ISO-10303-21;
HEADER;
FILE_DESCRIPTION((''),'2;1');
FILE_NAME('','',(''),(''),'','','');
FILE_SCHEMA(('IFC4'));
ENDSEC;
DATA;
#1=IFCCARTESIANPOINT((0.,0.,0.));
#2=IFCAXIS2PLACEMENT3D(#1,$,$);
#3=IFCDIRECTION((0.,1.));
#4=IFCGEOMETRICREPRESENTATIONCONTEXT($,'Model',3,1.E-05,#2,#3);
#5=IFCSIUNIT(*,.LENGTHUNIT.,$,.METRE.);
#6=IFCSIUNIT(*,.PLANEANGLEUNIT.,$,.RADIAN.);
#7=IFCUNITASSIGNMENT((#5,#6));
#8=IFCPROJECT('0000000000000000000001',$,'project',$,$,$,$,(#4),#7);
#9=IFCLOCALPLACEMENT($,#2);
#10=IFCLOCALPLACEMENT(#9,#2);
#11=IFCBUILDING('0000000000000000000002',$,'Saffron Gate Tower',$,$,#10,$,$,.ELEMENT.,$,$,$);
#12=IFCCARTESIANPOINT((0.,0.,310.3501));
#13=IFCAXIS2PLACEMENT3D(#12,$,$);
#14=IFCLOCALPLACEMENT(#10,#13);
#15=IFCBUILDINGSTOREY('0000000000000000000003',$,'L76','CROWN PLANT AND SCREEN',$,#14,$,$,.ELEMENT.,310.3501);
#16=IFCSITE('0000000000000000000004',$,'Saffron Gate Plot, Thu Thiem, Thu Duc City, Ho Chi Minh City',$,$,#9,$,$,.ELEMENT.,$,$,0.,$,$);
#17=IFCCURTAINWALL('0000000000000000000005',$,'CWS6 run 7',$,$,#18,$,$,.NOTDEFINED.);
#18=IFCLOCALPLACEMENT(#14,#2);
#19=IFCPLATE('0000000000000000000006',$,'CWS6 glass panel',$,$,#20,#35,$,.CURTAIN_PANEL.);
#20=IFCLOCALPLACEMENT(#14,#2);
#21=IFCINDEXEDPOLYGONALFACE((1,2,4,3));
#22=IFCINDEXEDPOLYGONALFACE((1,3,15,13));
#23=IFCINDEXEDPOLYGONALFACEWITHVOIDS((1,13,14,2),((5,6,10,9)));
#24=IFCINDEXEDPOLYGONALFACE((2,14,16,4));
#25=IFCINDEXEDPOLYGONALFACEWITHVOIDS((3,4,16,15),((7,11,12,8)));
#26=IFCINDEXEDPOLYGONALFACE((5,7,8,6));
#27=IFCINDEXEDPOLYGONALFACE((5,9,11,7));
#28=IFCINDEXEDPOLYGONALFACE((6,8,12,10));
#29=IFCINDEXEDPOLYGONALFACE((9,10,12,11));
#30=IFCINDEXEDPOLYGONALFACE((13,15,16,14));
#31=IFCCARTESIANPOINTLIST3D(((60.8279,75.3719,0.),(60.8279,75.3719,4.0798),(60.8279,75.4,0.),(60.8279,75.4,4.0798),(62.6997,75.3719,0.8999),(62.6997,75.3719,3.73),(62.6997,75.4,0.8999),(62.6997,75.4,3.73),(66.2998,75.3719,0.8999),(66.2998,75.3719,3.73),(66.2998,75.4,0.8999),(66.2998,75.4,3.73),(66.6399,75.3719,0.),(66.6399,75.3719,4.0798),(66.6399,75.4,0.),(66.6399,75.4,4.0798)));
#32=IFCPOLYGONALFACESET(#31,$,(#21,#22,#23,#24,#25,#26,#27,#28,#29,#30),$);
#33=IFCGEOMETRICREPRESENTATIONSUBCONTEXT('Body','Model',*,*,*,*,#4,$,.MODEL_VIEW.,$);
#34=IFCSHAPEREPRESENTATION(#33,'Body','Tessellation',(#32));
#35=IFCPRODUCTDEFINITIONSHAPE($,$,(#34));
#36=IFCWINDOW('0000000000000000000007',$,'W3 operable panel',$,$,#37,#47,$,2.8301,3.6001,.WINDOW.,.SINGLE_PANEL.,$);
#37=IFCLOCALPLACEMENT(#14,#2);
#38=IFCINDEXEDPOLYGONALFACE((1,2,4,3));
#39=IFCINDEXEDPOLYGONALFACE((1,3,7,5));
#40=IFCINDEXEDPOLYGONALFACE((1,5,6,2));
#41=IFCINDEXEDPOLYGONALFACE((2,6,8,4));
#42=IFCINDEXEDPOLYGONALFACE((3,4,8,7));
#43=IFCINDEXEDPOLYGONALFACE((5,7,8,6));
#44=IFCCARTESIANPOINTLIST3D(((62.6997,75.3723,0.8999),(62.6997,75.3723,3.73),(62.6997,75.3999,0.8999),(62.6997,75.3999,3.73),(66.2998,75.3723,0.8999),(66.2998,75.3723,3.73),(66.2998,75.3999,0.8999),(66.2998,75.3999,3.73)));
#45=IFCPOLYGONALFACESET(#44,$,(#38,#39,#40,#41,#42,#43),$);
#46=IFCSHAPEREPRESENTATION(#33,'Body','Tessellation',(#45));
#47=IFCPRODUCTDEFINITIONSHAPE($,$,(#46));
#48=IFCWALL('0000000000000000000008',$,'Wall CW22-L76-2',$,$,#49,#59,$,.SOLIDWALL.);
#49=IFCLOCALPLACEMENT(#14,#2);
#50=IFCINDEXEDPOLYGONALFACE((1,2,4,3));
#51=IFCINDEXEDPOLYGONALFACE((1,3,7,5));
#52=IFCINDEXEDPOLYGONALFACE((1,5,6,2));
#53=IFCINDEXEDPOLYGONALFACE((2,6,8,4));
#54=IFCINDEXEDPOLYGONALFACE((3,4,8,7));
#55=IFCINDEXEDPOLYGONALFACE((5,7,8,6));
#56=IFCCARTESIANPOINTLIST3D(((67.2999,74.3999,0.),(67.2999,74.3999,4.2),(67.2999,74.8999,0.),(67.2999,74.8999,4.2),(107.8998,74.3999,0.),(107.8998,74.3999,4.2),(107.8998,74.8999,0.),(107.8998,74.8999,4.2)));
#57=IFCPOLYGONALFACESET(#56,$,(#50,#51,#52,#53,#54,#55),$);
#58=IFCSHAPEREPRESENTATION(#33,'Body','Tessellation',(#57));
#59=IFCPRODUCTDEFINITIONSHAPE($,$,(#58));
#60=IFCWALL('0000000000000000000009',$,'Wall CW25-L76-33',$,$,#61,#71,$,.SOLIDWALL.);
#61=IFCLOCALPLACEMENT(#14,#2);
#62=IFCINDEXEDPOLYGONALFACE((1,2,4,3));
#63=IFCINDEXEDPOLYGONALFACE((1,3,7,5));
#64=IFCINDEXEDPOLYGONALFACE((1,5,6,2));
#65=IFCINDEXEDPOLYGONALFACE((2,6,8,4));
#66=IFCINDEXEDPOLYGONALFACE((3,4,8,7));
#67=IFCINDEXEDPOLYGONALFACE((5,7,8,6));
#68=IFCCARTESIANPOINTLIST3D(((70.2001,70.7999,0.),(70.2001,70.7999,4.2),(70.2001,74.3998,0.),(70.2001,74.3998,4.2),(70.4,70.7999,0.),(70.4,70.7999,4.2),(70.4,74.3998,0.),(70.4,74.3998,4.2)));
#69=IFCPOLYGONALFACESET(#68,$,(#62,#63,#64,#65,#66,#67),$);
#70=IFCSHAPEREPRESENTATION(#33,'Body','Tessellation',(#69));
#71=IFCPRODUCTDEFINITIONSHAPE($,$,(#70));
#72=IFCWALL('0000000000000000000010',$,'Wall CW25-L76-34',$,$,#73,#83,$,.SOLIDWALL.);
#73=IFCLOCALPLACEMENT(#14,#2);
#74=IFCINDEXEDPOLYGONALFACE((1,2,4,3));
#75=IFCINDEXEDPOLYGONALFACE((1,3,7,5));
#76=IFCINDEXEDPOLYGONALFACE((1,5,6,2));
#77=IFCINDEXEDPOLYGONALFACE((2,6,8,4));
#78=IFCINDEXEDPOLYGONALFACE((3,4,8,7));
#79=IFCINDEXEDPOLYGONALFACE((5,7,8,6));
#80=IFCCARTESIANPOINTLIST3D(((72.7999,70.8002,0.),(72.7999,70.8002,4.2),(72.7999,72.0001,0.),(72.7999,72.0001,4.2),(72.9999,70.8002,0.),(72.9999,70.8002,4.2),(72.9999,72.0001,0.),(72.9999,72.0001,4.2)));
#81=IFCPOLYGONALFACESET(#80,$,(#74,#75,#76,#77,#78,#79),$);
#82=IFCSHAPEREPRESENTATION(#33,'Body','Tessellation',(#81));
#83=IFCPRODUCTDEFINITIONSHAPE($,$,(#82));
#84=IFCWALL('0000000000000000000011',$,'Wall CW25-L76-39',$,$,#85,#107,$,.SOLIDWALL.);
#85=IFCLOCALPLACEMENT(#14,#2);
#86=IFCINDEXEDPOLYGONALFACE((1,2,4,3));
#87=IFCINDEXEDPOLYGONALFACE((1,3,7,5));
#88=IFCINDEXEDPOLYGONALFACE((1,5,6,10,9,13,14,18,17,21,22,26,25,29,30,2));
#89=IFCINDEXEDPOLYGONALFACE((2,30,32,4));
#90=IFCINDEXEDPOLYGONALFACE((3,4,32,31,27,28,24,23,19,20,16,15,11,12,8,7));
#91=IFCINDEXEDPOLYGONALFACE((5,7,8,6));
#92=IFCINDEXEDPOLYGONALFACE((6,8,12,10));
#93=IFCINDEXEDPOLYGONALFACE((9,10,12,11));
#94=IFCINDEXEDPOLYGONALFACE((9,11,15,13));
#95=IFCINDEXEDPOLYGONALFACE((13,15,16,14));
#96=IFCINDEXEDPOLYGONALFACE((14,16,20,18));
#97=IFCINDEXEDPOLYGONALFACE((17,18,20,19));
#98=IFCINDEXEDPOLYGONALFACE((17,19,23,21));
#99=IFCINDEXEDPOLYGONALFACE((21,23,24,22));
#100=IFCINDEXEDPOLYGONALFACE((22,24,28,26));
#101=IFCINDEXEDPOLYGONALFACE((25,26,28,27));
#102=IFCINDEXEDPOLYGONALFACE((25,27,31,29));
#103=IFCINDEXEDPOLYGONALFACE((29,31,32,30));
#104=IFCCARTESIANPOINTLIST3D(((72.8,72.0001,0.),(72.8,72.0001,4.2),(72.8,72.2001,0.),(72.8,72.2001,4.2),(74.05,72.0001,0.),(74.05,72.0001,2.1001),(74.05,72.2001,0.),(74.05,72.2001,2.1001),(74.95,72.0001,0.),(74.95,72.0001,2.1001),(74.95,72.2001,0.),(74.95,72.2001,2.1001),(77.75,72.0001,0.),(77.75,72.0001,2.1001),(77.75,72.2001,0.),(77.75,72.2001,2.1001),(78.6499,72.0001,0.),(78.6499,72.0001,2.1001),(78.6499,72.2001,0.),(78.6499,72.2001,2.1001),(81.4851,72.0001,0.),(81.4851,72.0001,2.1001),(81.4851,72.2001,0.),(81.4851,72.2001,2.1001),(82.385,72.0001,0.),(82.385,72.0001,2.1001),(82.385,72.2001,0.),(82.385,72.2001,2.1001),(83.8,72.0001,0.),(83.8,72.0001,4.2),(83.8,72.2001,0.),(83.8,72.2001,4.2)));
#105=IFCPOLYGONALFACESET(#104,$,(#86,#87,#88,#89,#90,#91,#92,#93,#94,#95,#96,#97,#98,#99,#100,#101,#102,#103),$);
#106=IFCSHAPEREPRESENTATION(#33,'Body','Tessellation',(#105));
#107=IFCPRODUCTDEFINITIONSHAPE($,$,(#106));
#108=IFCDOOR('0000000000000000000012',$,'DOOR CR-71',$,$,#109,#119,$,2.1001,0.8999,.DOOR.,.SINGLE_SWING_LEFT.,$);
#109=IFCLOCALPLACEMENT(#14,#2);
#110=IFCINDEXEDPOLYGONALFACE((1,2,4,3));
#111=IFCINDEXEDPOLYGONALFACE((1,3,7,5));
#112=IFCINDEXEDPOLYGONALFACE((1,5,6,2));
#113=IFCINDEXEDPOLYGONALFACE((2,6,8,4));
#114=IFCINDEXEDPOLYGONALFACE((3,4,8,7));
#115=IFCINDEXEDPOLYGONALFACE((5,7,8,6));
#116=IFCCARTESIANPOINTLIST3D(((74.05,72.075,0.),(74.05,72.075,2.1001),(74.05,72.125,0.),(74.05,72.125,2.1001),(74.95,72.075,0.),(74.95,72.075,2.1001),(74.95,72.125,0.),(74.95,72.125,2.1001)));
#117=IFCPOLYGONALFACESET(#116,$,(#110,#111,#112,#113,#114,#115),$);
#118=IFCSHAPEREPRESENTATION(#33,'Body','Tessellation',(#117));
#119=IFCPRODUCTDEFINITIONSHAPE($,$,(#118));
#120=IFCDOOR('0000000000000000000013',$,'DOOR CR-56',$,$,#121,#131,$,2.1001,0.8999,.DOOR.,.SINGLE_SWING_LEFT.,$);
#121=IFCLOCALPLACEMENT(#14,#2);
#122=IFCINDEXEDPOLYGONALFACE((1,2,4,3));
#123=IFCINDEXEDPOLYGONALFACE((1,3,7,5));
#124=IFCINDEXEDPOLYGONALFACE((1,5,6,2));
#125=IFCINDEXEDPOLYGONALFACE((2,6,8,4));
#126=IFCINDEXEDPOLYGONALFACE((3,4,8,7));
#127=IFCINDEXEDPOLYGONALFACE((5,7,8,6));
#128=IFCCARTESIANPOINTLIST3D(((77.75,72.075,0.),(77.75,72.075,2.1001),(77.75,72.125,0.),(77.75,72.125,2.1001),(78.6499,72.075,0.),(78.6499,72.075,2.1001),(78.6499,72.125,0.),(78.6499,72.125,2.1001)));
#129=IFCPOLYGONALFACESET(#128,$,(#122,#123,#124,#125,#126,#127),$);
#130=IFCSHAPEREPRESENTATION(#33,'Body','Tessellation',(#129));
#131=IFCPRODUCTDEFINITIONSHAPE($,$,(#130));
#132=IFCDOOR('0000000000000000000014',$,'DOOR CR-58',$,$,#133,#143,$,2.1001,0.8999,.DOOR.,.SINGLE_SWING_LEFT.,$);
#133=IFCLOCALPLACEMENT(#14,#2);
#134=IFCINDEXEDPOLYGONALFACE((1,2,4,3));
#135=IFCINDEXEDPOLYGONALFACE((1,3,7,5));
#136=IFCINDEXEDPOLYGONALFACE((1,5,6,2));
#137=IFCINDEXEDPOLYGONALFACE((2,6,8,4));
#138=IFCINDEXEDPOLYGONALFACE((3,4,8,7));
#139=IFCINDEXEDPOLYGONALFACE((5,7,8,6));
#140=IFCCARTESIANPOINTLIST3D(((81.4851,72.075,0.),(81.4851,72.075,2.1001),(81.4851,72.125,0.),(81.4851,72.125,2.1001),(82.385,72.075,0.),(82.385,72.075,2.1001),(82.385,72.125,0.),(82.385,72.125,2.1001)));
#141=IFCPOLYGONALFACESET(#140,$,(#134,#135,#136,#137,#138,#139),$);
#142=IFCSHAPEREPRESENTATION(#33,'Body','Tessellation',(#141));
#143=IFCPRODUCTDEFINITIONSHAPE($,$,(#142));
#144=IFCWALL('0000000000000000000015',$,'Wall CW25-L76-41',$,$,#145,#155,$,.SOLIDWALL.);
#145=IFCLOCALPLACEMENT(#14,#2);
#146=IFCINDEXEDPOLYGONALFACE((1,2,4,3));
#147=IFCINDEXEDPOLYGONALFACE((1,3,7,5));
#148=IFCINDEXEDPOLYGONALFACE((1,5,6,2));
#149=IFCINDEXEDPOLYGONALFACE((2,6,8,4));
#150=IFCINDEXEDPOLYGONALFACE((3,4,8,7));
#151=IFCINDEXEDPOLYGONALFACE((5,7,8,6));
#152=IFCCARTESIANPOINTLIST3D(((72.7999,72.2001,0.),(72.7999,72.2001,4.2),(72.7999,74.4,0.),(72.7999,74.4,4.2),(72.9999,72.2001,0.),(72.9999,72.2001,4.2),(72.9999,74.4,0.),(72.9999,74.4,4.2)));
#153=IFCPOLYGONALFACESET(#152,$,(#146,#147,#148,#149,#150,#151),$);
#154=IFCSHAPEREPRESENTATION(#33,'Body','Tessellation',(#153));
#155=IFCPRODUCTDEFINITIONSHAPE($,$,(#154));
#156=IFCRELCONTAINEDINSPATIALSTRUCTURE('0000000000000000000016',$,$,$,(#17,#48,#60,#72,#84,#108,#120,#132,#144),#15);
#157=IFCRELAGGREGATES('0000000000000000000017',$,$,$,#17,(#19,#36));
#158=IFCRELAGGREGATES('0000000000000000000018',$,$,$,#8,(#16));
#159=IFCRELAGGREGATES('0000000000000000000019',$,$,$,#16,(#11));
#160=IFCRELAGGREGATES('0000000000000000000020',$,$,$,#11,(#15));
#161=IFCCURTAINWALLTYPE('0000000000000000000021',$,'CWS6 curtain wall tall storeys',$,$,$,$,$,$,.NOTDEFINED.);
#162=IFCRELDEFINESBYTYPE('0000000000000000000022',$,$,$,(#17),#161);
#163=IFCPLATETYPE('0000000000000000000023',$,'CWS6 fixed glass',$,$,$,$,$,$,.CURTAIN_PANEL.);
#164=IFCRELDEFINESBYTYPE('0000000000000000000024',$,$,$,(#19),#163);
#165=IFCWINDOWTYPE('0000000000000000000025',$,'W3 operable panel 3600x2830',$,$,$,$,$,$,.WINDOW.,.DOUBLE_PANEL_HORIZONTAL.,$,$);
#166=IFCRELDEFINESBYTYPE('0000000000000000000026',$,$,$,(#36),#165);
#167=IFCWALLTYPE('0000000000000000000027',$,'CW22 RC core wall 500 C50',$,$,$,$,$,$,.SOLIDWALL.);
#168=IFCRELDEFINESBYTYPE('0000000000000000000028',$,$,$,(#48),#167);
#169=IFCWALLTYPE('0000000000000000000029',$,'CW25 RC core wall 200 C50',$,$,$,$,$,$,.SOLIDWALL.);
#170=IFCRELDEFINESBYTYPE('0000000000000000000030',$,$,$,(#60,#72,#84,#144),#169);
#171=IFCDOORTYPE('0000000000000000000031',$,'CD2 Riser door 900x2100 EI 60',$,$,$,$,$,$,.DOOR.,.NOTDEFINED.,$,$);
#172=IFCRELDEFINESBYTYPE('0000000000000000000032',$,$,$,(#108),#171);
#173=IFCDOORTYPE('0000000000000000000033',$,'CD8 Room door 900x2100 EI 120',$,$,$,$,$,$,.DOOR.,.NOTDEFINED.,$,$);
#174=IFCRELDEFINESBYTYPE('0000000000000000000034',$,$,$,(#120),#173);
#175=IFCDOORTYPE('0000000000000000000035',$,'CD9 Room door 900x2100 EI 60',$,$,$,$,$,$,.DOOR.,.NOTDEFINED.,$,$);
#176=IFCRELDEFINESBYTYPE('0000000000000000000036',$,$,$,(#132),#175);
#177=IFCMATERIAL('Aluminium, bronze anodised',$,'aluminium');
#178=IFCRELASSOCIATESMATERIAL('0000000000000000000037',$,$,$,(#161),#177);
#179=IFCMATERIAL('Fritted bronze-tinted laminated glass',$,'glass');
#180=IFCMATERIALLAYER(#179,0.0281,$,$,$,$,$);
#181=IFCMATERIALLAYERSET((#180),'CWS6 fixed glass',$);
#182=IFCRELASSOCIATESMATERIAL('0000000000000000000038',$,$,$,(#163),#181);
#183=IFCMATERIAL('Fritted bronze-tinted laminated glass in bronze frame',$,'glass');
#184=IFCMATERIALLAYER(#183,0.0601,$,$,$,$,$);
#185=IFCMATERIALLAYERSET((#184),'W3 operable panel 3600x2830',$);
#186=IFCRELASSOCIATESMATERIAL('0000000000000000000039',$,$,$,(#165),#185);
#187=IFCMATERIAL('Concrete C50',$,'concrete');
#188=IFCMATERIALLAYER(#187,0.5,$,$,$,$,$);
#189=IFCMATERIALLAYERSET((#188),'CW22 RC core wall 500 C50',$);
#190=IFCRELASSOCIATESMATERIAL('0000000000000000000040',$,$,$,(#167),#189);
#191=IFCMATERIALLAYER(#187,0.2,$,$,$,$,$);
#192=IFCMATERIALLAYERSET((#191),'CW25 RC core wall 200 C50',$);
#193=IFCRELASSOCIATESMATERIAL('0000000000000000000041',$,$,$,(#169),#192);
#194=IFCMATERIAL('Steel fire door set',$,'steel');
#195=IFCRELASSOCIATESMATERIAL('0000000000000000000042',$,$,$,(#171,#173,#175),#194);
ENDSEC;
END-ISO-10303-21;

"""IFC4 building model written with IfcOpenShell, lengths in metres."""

from ifc_helpers import new_model, si_unit, direction, frame, frame_2d, origin, place, context, subcontext, project, spatial, rectangle, extrude, material, layer, layer_set, type_object, element, fill, aggregate, save


model = new_model("IFC4")

# Units and contexts
model_context = context("Model", 3, precision=1e-05, world=origin(), true_north=direction((0.0, 1.0)))
body_context = subcontext(model_context, "Body", "Model", "MODEL_VIEW")
ifc_project = project(units=[si_unit("LENGTHUNIT", "METRE"), si_unit("PLANEANGLEUNIT", "RADIAN")], contexts=[model_context])

# Site, building, storey
site_placement = place(None, origin())
site = spatial("IfcSite", under=ifc_project, at=site_placement, Name="Saffron Gate Plot, Thu Thiem, Thu Duc City, Ho Chi Minh City", CompositionType="ELEMENT", RefElevation=0.0)
building_placement = place(site_placement, origin())
building = spatial("IfcBuilding", under=site, at=building_placement, Name="Saffron Gate Tower", CompositionType="ELEMENT")
storey_placement = place(building_placement, frame((0.0, 0.0, 310.3501)))
storey = spatial("IfcBuildingStorey", under=building, at=storey_placement, Name="L76", Description="CROWN PLANT AND SCREEN", CompositionType="ELEMENT", Elevation=310.3501)

# Curtain wall, plate, opening, window
ifc_material_1 = material(Name="Aluminium, bronze anodised", Category="aluminium")
curtain_wall_type = type_object("IfcCurtainWallType", Name="CWS6 curtain wall tall storeys", PredefinedType="NOTDEFINED", material=ifc_material_1)
curtain_wall_placement = place(storey_placement, origin())
curtain_wall = element("IfcCurtainWall", 1, at=curtain_wall_placement, inside=storey, type_object=curtain_wall_type, Name="CWS6 run 7", PredefinedType="NOTDEFINED")
ifc_material_2 = material(Name="Fritted bronze-tinted laminated glass", Category="glass")
ifc_layer_1 = layer(ifc_material_2, 0.0281)
ifc_layer_set_1 = layer_set([ifc_layer_1], Name="CWS6 fixed glass")
plate_type = type_object("IfcPlateType", Name="CWS6 fixed glass", PredefinedType="CURTAIN_PANEL", material=ifc_layer_set_1)
plate_placement = place(storey_placement, frame((66.6399, 75.386, 0.0), z_axis=(0.0, 0.0, 1.0), x_axis=(-1.0, 0.0, 0.0)))
plate = element("IfcPlate", 2, at=plate_placement, type_object=plate_type, Name="CWS6 glass panel", PredefinedType="CURTAIN_PANEL", context=body_context, shape_type="SweptSolid", body=[
    extrude(rectangle(XDim=5.812, YDim=0.0281, at=frame_2d((2.906, 0.0))), origin(), (0.0, 0.0, 1.0), 4.0798),
])
opening_1_placement = place(plate_placement, frame((0.3401, 0.0, 0.8999)))
opening_1 = element("IfcOpeningElement", 3, at=opening_1_placement, cuts=plate, PredefinedType="OPENING", context=body_context, shape_type="SweptSolid", body=[
    extrude(rectangle(XDim=3.6001, YDim=2.8301, at=frame_2d((1.8, 1.415))), frame((0.0, 0.0239, 0.0), z_axis=(0.0, -1.0, 0.0), x_axis=(1.0, 0.0, 0.0)), (0.0, 0.0, 1.0), 0.0481),
])
ifc_material_3 = material(Name="Fritted bronze-tinted laminated glass in bronze frame", Category="glass")
ifc_layer_2 = layer(ifc_material_3, 0.0601)
ifc_layer_set_2 = layer_set([ifc_layer_2], Name="W3 operable panel 3600x2830")
window_type = type_object("IfcWindowType", Name="W3 operable panel 3600x2830", PartitioningType="DOUBLE_PANEL_HORIZONTAL", PredefinedType="WINDOW", material=ifc_layer_set_2)
window_placement = place(opening_1_placement, origin())
window = element("IfcWindow", 4, at=window_placement, type_object=window_type, Name="W3 operable panel", OverallHeight=2.8301, OverallWidth=3.6001, PartitioningType="SINGLE_PANEL", PredefinedType="WINDOW", context=body_context, shape_type="SweptSolid", body=[
    extrude(rectangle(XDim=3.6001, YDim=2.8301, at=frame_2d((1.8, 1.415))), frame((0.0, 0.0137, 0.0), z_axis=(0.0, -1.0, 0.0), x_axis=(1.0, 0.0, 0.0)), (0.0, 0.0, 1.0), 0.0276),
])
fill(opening_1, window)
aggregate(curtain_wall, [plate, window])

# Walls
ifc_material_4 = material(Name="Concrete C50", Category="concrete")
ifc_layer_3 = layer(ifc_material_4, 0.5)
ifc_layer_set_3 = layer_set([ifc_layer_3], Name="CW22 RC core wall 500 C50")
wall_type_1 = type_object("IfcWallType", Name="CW22 RC core wall 500 C50", PredefinedType="SOLIDWALL", material=ifc_layer_set_3)
wall_1_placement = place(storey_placement, frame((67.3, 74.6499, 0.0), z_axis=(0.0, 0.0, 1.0), x_axis=(1.0, 0.0, 0.0)))
element("IfcWall", 5, at=wall_1_placement, inside=storey, type_object=wall_type_1, Name="Wall CW22-L76-2", PredefinedType="SOLIDWALL", context=body_context, shape_type="SweptSolid", body=[
    extrude(rectangle(XDim=40.5999, YDim=0.5, at=frame_2d((20.2998, 0.0))), origin(), (0.0, 0.0, 1.0), 4.2),
])
ifc_layer_4 = layer(ifc_material_4, 0.2)
ifc_layer_set_4 = layer_set([ifc_layer_4], Name="CW25 RC core wall 200 C50")
wall_type_2 = type_object("IfcWallType", Name="CW25 RC core wall 200 C50", PredefinedType="SOLIDWALL", material=ifc_layer_set_4)
wall_2_placement = place(storey_placement, frame((70.3, 70.8, 0.0), z_axis=(0.0, 0.0, 1.0), x_axis=(0.0, 1.0, 0.0)))
element("IfcWall", 6, at=wall_2_placement, inside=storey, type_object=wall_type_2, Name="Wall CW25-L76-33", PredefinedType="SOLIDWALL", context=body_context, shape_type="SweptSolid", body=[
    extrude(rectangle(XDim=3.5999, YDim=0.2, at=frame_2d((1.7998, 0.0))), origin(), (0.0, 0.0, 1.0), 4.2),
])
wall_3_placement = place(storey_placement, frame((72.8999, 70.8, 0.0), z_axis=(0.0, 0.0, 1.0), x_axis=(0.0, 1.0, 0.0)))
element("IfcWall", 7, at=wall_3_placement, inside=storey, type_object=wall_type_2, Name="Wall CW25-L76-34", PredefinedType="SOLIDWALL", context=body_context, shape_type="SweptSolid", body=[
    extrude(rectangle(XDim=1.2, YDim=0.2, at=frame_2d((0.6001, 0.0))), origin(), (0.0, 0.0, 1.0), 4.2),
])

# Wall, openings, doors
wall_4_placement = place(storey_placement, frame((72.8, 72.1001, 0.0), z_axis=(0.0, 0.0, 1.0), x_axis=(1.0, 0.0, 0.0)))
wall_4 = element("IfcWall", 8, at=wall_4_placement, inside=storey, type_object=wall_type_2, Name="Wall CW25-L76-39", PredefinedType="SOLIDWALL", context=body_context, shape_type="SweptSolid", body=[
    extrude(rectangle(XDim=11.0, YDim=0.2, at=frame_2d((5.5, 0.0))), origin(), (0.0, 0.0, 1.0), 4.2),
])
opening_2_placement = place(wall_4_placement, frame((1.25, 0.0, 0.0)))
opening_2 = element("IfcOpeningElement", 9, at=opening_2_placement, cuts=wall_4, PredefinedType="OPENING", context=body_context, shape_type="SweptSolid", body=[
    extrude(rectangle(XDim=0.8999, YDim=2.1001, at=frame_2d((0.45, 1.05))), frame((0.0, 0.1099, 0.0), z_axis=(0.0, -1.0, 0.0), x_axis=(1.0, 0.0, 0.0)), (0.0, 0.0, 1.0), 0.22),
])
opening_3_placement = place(wall_4_placement, frame((4.95, 0.0, 0.0)))
opening_3 = element("IfcOpeningElement", 10, at=opening_3_placement, cuts=wall_4, PredefinedType="OPENING", context=body_context, shape_type="SweptSolid", body=[
    extrude(rectangle(XDim=0.8999, YDim=2.1001, at=frame_2d((0.45, 1.05))), frame((0.0, 0.1099, 0.0), z_axis=(0.0, -1.0, 0.0), x_axis=(1.0, 0.0, 0.0)), (0.0, 0.0, 1.0), 0.22),
])
opening_4_placement = place(wall_4_placement, frame((8.6851, 0.0, 0.0)))
opening_4 = element("IfcOpeningElement", 11, at=opening_4_placement, cuts=wall_4, PredefinedType="OPENING", context=body_context, shape_type="SweptSolid", body=[
    extrude(rectangle(XDim=0.8999, YDim=2.1001, at=frame_2d((0.45, 1.05))), frame((0.0, 0.1099, 0.0), z_axis=(0.0, -1.0, 0.0), x_axis=(1.0, 0.0, 0.0)), (0.0, 0.0, 1.0), 0.22),
])
ifc_material_5 = material(Name="Steel fire door set", Category="steel")
door_type_1 = type_object("IfcDoorType", Name="CD2 Riser door 900x2100 EI 60", OperationType="NOTDEFINED", PredefinedType="DOOR", material=ifc_material_5)
door_1_placement = place(opening_2_placement, origin())
door_1 = element("IfcDoor", 12, at=door_1_placement, inside=storey, type_object=door_type_1, Name="DOOR CR-71", OperationType="SINGLE_SWING_LEFT", OverallHeight=2.1001, OverallWidth=0.8999, PredefinedType="DOOR", context=body_context, shape_type="SweptSolid", body=[
    extrude(rectangle(XDim=0.8999, YDim=2.1001, at=frame_2d((0.45, 1.05))), frame((0.0, 0.0249, 0.0), z_axis=(0.0, -1.0, 0.0), x_axis=(1.0, 0.0, 0.0)), (0.0, 0.0, 1.0), 0.05),
])
fill(opening_2, door_1)
door_type_2 = type_object("IfcDoorType", Name="CD8 Room door 900x2100 EI 120", OperationType="NOTDEFINED", PredefinedType="DOOR", material=ifc_material_5)
door_2_placement = place(opening_3_placement, origin())
door_2 = element("IfcDoor", 13, at=door_2_placement, inside=storey, type_object=door_type_2, Name="DOOR CR-56", OperationType="SINGLE_SWING_LEFT", OverallHeight=2.1001, OverallWidth=0.8999, PredefinedType="DOOR", context=body_context, shape_type="SweptSolid", body=[
    extrude(rectangle(XDim=0.8999, YDim=2.1001, at=frame_2d((0.45, 1.05))), frame((0.0, 0.0249, 0.0), z_axis=(0.0, -1.0, 0.0), x_axis=(1.0, 0.0, 0.0)), (0.0, 0.0, 1.0), 0.05),
])
fill(opening_3, door_2)
door_type_3 = type_object("IfcDoorType", Name="CD9 Room door 900x2100 EI 60", OperationType="NOTDEFINED", PredefinedType="DOOR", material=ifc_material_5)
door_3_placement = place(opening_4_placement, origin())
door_3 = element("IfcDoor", 14, at=door_3_placement, inside=storey, type_object=door_type_3, Name="DOOR CR-58", OperationType="SINGLE_SWING_LEFT", OverallHeight=2.1001, OverallWidth=0.8999, PredefinedType="DOOR", context=body_context, shape_type="SweptSolid", body=[
    extrude(rectangle(XDim=0.8999, YDim=2.1001, at=frame_2d((0.45, 1.05))), frame((0.0, 0.0249, 0.0), z_axis=(0.0, -1.0, 0.0), x_axis=(1.0, 0.0, 0.0)), (0.0, 0.0, 1.0), 0.05),
])
fill(opening_4, door_3)

# Wall
wall_5_placement = place(storey_placement, frame((72.8999, 72.2, 0.0), z_axis=(0.0, 0.0, 1.0), x_axis=(0.0, 1.0, 0.0)))
element("IfcWall", 15, at=wall_5_placement, inside=storey, type_object=wall_type_2, Name="Wall CW25-L76-41", PredefinedType="SOLIDWALL", context=body_context, shape_type="SweptSolid", body=[
    extrude(rectangle(XDim=2.2, YDim=0.2, at=frame_2d((1.1001, 0.0))), origin(), (0.0, 0.0, 1.0), 4.2),
])

save(model, "model.ifc")
